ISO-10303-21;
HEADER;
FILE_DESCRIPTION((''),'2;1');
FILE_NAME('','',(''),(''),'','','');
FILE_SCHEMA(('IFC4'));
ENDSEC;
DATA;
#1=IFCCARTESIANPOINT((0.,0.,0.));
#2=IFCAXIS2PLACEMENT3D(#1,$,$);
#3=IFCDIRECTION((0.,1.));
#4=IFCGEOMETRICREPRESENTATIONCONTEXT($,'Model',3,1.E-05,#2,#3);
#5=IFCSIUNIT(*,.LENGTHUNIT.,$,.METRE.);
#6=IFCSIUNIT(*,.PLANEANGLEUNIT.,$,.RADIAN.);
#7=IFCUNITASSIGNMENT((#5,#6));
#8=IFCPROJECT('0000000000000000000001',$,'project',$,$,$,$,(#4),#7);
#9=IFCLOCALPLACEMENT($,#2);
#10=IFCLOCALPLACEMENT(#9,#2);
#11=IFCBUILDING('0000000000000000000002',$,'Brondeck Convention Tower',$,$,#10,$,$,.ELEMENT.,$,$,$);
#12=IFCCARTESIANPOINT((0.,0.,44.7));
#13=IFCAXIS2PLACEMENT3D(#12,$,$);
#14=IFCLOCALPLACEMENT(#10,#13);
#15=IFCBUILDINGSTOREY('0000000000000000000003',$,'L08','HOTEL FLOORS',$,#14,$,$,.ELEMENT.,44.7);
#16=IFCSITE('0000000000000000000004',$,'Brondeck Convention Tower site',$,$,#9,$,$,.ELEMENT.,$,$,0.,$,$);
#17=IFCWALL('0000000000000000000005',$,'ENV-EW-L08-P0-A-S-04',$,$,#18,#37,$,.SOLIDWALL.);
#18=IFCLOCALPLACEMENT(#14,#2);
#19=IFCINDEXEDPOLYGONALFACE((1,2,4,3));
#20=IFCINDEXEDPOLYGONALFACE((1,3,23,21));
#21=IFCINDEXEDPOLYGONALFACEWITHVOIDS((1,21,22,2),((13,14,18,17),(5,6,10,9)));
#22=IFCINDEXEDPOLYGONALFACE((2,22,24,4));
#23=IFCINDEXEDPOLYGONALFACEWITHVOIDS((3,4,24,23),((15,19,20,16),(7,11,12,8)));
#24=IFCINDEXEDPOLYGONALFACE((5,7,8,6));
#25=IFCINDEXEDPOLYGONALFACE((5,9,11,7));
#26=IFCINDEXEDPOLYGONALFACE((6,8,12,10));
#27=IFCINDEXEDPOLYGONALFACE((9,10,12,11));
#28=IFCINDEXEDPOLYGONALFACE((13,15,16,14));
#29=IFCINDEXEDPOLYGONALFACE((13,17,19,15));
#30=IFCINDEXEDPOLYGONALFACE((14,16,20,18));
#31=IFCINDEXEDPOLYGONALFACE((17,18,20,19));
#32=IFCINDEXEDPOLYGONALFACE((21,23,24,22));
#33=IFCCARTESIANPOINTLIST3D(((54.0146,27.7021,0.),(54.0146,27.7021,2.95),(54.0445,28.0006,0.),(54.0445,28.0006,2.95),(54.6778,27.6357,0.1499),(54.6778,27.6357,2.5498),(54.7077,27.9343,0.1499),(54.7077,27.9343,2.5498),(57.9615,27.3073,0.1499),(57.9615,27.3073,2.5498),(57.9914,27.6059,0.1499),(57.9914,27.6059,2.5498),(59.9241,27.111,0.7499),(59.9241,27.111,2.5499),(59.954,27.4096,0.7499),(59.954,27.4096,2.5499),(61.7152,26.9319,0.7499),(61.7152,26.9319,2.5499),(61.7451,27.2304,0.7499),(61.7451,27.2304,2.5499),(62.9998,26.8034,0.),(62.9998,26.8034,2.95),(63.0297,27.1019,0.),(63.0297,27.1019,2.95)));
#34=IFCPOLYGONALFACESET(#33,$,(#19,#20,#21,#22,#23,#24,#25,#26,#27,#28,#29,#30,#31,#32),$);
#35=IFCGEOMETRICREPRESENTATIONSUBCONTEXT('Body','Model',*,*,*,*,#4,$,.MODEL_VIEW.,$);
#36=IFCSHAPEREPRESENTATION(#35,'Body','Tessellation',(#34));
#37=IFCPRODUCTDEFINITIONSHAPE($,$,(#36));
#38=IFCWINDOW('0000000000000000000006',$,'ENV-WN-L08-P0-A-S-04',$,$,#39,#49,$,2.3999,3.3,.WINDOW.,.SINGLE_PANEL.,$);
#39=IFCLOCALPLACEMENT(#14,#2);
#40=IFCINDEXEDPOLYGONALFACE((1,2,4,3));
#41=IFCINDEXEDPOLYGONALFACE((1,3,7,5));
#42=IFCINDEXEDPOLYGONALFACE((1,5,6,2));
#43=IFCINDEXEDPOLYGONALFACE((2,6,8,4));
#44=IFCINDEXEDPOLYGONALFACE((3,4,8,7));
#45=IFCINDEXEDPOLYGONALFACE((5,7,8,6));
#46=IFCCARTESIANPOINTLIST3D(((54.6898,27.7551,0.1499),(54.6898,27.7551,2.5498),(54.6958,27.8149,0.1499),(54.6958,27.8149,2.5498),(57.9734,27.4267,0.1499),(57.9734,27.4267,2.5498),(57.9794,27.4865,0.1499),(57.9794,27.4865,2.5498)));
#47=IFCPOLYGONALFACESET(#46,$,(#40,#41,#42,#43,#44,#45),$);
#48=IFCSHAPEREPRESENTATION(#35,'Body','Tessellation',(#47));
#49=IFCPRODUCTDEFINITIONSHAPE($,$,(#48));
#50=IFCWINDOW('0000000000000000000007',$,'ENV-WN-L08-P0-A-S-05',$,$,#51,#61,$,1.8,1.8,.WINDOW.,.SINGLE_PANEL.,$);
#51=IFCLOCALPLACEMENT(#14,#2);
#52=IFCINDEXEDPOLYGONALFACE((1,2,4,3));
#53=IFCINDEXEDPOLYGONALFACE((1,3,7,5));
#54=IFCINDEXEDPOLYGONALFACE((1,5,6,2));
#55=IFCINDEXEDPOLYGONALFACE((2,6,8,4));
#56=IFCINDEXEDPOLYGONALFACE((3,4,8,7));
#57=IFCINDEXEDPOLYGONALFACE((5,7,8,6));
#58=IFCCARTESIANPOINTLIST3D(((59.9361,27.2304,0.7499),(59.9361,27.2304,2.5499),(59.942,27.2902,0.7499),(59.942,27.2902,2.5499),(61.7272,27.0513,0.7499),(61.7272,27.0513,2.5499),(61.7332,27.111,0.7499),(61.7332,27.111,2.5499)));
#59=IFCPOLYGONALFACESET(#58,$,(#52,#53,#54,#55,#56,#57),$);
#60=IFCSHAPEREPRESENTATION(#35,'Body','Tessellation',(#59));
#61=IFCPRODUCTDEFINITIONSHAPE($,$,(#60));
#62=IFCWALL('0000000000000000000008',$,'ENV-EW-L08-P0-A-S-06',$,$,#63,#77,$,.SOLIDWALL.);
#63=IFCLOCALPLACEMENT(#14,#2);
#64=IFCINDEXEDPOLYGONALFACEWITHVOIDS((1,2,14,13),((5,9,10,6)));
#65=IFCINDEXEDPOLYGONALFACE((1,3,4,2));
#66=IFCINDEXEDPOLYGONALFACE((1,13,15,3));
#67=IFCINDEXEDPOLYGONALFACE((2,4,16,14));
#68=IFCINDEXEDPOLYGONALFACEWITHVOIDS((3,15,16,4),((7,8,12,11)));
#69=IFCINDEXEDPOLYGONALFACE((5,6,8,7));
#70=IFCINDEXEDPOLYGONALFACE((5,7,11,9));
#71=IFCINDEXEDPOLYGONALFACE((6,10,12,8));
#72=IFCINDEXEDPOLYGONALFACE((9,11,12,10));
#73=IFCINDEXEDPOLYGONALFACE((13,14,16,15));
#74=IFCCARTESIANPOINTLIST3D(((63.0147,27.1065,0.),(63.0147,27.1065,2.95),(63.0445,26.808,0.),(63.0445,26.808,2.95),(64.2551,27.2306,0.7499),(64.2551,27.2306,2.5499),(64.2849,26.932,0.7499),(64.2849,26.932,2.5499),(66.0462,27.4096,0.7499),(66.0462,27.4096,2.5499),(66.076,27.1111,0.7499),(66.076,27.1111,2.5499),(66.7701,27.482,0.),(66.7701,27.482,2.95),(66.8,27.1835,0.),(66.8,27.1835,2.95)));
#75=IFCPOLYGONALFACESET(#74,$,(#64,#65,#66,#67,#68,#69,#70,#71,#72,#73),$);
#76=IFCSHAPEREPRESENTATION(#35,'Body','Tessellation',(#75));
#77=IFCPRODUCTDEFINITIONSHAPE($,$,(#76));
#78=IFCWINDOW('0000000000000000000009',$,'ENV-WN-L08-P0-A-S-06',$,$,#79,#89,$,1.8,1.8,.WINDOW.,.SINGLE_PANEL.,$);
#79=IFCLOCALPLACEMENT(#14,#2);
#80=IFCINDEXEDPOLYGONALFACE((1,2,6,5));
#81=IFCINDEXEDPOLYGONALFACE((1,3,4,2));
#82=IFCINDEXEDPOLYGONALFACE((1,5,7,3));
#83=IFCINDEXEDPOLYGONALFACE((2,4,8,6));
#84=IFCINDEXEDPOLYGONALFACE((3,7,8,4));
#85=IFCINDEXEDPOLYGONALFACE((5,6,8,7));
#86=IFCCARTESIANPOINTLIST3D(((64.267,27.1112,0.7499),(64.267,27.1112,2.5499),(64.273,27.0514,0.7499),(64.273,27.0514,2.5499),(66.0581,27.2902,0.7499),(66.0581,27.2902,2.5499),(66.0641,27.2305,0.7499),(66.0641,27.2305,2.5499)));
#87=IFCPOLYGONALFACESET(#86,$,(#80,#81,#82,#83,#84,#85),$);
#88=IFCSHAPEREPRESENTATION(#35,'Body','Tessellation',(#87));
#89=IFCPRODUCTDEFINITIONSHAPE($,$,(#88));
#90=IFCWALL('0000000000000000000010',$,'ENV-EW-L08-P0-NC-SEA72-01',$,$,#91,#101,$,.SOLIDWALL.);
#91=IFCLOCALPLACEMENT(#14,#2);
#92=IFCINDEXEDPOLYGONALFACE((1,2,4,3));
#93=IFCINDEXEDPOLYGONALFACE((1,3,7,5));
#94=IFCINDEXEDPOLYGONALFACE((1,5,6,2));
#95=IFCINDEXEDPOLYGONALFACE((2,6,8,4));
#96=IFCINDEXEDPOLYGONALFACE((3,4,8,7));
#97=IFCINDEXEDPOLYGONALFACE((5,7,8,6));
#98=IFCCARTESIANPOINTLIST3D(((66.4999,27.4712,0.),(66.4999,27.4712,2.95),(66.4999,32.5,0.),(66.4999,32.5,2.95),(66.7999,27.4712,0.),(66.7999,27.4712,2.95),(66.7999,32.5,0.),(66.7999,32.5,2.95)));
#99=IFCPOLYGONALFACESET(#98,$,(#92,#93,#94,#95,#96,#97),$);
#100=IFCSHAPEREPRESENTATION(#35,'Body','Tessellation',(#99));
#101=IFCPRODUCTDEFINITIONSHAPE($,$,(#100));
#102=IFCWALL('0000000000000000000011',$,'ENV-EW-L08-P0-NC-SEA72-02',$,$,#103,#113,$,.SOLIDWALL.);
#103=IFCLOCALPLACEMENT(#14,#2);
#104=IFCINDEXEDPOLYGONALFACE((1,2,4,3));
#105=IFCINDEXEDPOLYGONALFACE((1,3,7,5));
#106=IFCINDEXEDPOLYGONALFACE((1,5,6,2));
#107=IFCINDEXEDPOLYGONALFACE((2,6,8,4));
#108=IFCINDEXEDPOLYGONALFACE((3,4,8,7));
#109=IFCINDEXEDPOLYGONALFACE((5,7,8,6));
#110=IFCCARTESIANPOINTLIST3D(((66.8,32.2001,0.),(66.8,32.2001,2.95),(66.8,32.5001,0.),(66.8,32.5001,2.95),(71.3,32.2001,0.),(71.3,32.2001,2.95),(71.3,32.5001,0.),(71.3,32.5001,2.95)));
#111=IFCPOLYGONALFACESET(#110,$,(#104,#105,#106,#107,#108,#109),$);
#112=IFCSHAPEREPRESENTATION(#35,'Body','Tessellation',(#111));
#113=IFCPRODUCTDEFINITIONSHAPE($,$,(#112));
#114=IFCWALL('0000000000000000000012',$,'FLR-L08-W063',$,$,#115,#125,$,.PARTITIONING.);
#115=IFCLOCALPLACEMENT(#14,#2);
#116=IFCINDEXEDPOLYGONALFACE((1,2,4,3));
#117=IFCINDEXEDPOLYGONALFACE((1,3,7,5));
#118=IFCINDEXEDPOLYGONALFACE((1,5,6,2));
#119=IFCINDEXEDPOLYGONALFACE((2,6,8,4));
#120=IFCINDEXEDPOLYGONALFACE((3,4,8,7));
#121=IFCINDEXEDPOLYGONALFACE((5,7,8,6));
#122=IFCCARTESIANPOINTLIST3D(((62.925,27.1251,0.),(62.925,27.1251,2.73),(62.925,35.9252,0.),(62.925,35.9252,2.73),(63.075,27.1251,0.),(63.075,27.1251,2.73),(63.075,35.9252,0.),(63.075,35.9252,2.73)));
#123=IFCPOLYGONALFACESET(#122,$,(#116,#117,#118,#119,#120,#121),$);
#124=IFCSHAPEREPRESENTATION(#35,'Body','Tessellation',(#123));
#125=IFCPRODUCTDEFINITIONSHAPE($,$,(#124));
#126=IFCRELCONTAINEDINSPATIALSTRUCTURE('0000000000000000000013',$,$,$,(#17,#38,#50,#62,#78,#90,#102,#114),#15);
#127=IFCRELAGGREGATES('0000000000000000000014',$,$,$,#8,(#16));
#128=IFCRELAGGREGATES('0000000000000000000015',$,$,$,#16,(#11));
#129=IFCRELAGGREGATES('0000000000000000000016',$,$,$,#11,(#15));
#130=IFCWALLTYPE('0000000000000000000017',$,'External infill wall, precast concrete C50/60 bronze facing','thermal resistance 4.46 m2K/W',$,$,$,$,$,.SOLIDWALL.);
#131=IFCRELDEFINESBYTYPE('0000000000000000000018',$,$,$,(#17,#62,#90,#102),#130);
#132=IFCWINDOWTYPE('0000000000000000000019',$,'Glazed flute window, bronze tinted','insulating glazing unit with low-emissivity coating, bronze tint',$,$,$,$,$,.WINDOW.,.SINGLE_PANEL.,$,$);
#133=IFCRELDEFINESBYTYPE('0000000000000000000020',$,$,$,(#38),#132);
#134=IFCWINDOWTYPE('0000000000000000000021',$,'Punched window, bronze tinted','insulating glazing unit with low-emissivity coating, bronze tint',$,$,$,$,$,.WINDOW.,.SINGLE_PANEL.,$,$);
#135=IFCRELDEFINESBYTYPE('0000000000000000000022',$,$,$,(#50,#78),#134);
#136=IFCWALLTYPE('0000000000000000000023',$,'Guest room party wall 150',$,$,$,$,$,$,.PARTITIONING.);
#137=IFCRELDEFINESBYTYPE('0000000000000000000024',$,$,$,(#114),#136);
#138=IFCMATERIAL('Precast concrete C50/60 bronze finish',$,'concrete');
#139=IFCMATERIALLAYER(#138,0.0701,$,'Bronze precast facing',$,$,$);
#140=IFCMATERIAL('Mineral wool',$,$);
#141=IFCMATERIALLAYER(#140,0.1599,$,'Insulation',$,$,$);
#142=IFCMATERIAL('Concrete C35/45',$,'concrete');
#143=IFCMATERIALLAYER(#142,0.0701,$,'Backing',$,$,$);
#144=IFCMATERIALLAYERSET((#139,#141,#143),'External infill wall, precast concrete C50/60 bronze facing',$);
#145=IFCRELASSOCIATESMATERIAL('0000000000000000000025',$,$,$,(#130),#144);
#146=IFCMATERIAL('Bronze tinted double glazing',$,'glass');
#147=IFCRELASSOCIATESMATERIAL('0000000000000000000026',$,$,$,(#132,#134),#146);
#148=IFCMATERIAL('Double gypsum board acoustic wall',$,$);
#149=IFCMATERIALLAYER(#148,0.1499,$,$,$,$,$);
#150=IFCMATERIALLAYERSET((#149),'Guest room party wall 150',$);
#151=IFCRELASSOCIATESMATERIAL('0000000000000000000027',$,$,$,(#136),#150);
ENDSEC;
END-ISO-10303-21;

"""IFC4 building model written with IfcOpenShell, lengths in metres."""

from ifc_helpers import new_model, si_unit, direction, frame, frame_2d, origin, place, context, subcontext, project, spatial, rectangle, extrude, material, layer, layer_set, type_object, element, fill, save


model = new_model("IFC4")

# Units and contexts
model_context = context("Model", 3, precision=1e-05, world=origin(), true_north=direction((0.0, 1.0)))
body_context = subcontext(model_context, "Body", "Model", "MODEL_VIEW")
ifc_project = project(units=[si_unit("LENGTHUNIT", "METRE"), si_unit("PLANEANGLEUNIT", "RADIAN")], contexts=[model_context])

# Site, building, storey
site_placement = place(None, origin())
site = spatial("IfcSite", under=ifc_project, at=site_placement, Name="Brondeck Convention Tower site", CompositionType="ELEMENT", RefElevation=0.0)
building_placement = place(site_placement, origin())
building = spatial("IfcBuilding", under=site, at=building_placement, Name="Brondeck Convention Tower", CompositionType="ELEMENT")
storey_placement = place(building_placement, frame((0.0, 0.0, 44.7)))
storey = spatial("IfcBuildingStorey", under=building, at=storey_placement, Name="L08", Description="HOTEL FLOORS", CompositionType="ELEMENT", Elevation=44.7)

# Wall, openings, windows
ifc_material_1 = material(Name="Precast concrete C50/60 bronze finish", Category="concrete")
ifc_layer_1 = layer(ifc_material_1, 0.0701, Name="Bronze precast facing")
ifc_material_2 = material(Name="Mineral wool")
ifc_layer_2 = layer(ifc_material_2, 0.1599, Name="Insulation")
ifc_material_3 = material(Name="Concrete C35/45", Category="concrete")
ifc_layer_3 = layer(ifc_material_3, 0.0701, Name="Backing")
ifc_layer_set_1 = layer_set([ifc_layer_1, ifc_layer_2, ifc_layer_3], Name="External infill wall, precast concrete C50/60 bronze facing")
wall_type_1 = type_object("IfcWallType", Name="External infill wall, precast concrete C50/60 bronze facing", Description="thermal resistance 4.46 m2K/W", PredefinedType="SOLIDWALL", material=ifc_layer_set_1)
wall_1_placement = place(storey_placement, frame((63.0149, 26.9526, 0.0), z_axis=(0.0, 0.0, 1.0), x_axis=(-0.995035, 0.099522, 0.0)))
wall_1 = element("IfcWall", 1, at=wall_1_placement, inside=storey, type_object=wall_type_1, Name="ENV-EW-L08-P0-A-S-04", PredefinedType="SOLIDWALL", context=body_context, shape_type="SweptSolid", body=[
    extrude(rectangle(XDim=9.03, YDim=0.3, at=frame_2d((4.5151, 0.0))), origin(), (0.0, 0.0, 1.0), 2.95),
])
opening_1_placement = place(wall_1_placement, frame((1.2913, 0.0, 0.75)))
opening_1 = element("IfcOpeningElement", 2, at=opening_1_placement, cuts=wall_1, PredefinedType="OPENING", context=body_context, shape_type="SweptSolid", body=[
    extrude(rectangle(XDim=1.8, YDim=1.8, at=frame_2d((0.8999, 0.8999))), frame((0.0, 0.1599, 0.0), z_axis=(0.0, -1.0, 0.0), x_axis=(1.0, 0.0, 0.0)), (0.0, 0.0, 1.0), 0.3201),
])
opening_2_placement = place(wall_1_placement, frame((5.0637, 0.0, 0.1499)))
opening_2 = element("IfcOpeningElement", 3, at=opening_2_placement, cuts=wall_1, PredefinedType="OPENING", context=body_context, shape_type="SweptSolid", body=[
    extrude(rectangle(XDim=3.3, YDim=2.3999, at=frame_2d((1.6499, 1.2))), frame((0.0, 0.1599, 0.0), z_axis=(0.0, -1.0, 0.0), x_axis=(1.0, 0.0, 0.0)), (0.0, 0.0, 1.0), 0.3201),
])
ifc_material_4 = material(Name="Bronze tinted double glazing", Category="glass")
window_type_1 = type_object("IfcWindowType", Name="Glazed flute window, bronze tinted", Description="insulating glazing unit with low-emissivity coating, bronze tint", PartitioningType="SINGLE_PANEL", PredefinedType="WINDOW", material=ifc_material_4)
window_1_placement = place(opening_2_placement, origin())
window_1 = element("IfcWindow", 4, at=window_1_placement, inside=storey, type_object=window_type_1, Name="ENV-WN-L08-P0-A-S-04", OverallHeight=2.3999, OverallWidth=3.3, PartitioningType="SINGLE_PANEL", PredefinedType="WINDOW", context=body_context, shape_type="SweptSolid", body=[
    extrude(rectangle(XDim=3.3, YDim=2.3999, at=frame_2d((1.6499, 1.2))), frame((0.0, 0.03, 0.0), z_axis=(0.0, -1.0, 0.0), x_axis=(1.0, 0.0, 0.0)), (0.0, 0.0, 1.0), 0.0601),
])
fill(opening_2, window_1)
window_type_2 = type_object("IfcWindowType", Name="Punched window, bronze tinted", Description="insulating glazing unit with low-emissivity coating, bronze tint", PartitioningType="SINGLE_PANEL", PredefinedType="WINDOW", material=ifc_material_4)
window_2_placement = place(opening_1_placement, origin())
window_2 = element("IfcWindow", 5, at=window_2_placement, inside=storey, type_object=window_type_2, Name="ENV-WN-L08-P0-A-S-05", OverallHeight=1.8, OverallWidth=1.8, PartitioningType="SINGLE_PANEL", PredefinedType="WINDOW", context=body_context, shape_type="SweptSolid", body=[
    extrude(rectangle(XDim=1.8, YDim=1.8, at=frame_2d((0.8999, 0.8999))), frame((0.0, 0.03, 0.0), z_axis=(0.0, -1.0, 0.0), x_axis=(1.0, 0.0, 0.0)), (0.0, 0.0, 1.0), 0.0601),
])
fill(opening_1, window_2)

# Wall, opening, window
wall_2_placement = place(storey_placement, frame((66.7852, 27.3328, 0.0), z_axis=(0.0, 0.0, 1.0), x_axis=(-0.995038, -0.099491, 0.0)))
wall_2 = element("IfcWall", 6, at=wall_2_placement, inside=storey, type_object=wall_type_1, Name="ENV-EW-L08-P0-A-S-06", PredefinedType="SOLIDWALL", context=body_context, shape_type="SweptSolid", body=[
    extrude(rectangle(XDim=3.7742, YDim=0.3, at=frame_2d((1.8872, 0.0))), origin(), (0.0, 0.0, 1.0), 2.95),
])
opening_3_placement = place(wall_2_placement, frame((0.7278, 0.0, 0.75)))
opening_3 = element("IfcOpeningElement", 7, at=opening_3_placement, cuts=wall_2, PredefinedType="OPENING", context=body_context, shape_type="SweptSolid", body=[
    extrude(rectangle(XDim=1.8, YDim=1.8, at=frame_2d((0.8999, 0.8999))), frame((0.0, 0.1599, 0.0), z_axis=(0.0, -1.0, 0.0), x_axis=(1.0, 0.0, 0.0)), (0.0, 0.0, 1.0), 0.3201),
])
window_3_placement = place(opening_3_placement, origin())
window_3 = element("IfcWindow", 8, at=window_3_placement, inside=storey, type_object=window_type_2, Name="ENV-WN-L08-P0-A-S-06", OverallHeight=1.8, OverallWidth=1.8, PartitioningType="SINGLE_PANEL", PredefinedType="WINDOW", context=body_context, shape_type="SweptSolid", body=[
    extrude(rectangle(XDim=1.8, YDim=1.8, at=frame_2d((0.8999, 0.8999))), frame((0.0, 0.03, 0.0), z_axis=(0.0, -1.0, 0.0), x_axis=(1.0, 0.0, 0.0)), (0.0, 0.0, 1.0), 0.0601),
])
fill(opening_3, window_3)

# Walls
wall_3_placement = place(storey_placement, frame((66.6499, 32.5, 0.0), z_axis=(0.0, 0.0, 1.0), x_axis=(0.0, -1.0, 0.0)))
element("IfcWall", 9, at=wall_3_placement, inside=storey, type_object=wall_type_1, Name="ENV-EW-L08-P0-NC-SEA72-01", PredefinedType="SOLIDWALL", context=body_context, shape_type="SweptSolid", body=[
    extrude(rectangle(XDim=5.0288, YDim=0.3, at=frame_2d((2.5144, 0.0))), origin(), (0.0, 0.0, 1.0), 2.95),
])
wall_4_placement = place(storey_placement, frame((71.3, 32.3501, 0.0), z_axis=(0.0, 0.0, 1.0), x_axis=(-1.0, 0.0, 0.0)))
element("IfcWall", 10, at=wall_4_placement, inside=storey, type_object=wall_type_1, Name="ENV-EW-L08-P0-NC-SEA72-02", PredefinedType="SOLIDWALL", context=body_context, shape_type="SweptSolid", body=[
    extrude(rectangle(XDim=4.5, YDim=0.3, at=frame_2d((2.25, 0.0))), origin(), (0.0, 0.0, 1.0), 2.95),
])
ifc_material_5 = material(Name="Double gypsum board acoustic wall")
ifc_layer_4 = layer(ifc_material_5, 0.1499)
ifc_layer_set_2 = layer_set([ifc_layer_4], Name="Guest room party wall 150")
wall_type_2 = type_object("IfcWallType", Name="Guest room party wall 150", PredefinedType="PARTITIONING", material=ifc_layer_set_2)
wall_5_placement = place(storey_placement, frame((63.0, 35.925, 0.0), z_axis=(0.0, 0.0, 1.0), x_axis=(0.0, -1.0, 0.0)))
element("IfcWall", 11, at=wall_5_placement, inside=storey, type_object=wall_type_2, Name="FLR-L08-W063", PredefinedType="PARTITIONING", context=body_context, shape_type="SweptSolid", body=[
    extrude(rectangle(XDim=8.8, YDim=0.1499, at=frame_2d((4.3999, 0.0))), origin(), (0.0, 0.0, 1.0), 2.73),
])

save(model, "model.ifc")
